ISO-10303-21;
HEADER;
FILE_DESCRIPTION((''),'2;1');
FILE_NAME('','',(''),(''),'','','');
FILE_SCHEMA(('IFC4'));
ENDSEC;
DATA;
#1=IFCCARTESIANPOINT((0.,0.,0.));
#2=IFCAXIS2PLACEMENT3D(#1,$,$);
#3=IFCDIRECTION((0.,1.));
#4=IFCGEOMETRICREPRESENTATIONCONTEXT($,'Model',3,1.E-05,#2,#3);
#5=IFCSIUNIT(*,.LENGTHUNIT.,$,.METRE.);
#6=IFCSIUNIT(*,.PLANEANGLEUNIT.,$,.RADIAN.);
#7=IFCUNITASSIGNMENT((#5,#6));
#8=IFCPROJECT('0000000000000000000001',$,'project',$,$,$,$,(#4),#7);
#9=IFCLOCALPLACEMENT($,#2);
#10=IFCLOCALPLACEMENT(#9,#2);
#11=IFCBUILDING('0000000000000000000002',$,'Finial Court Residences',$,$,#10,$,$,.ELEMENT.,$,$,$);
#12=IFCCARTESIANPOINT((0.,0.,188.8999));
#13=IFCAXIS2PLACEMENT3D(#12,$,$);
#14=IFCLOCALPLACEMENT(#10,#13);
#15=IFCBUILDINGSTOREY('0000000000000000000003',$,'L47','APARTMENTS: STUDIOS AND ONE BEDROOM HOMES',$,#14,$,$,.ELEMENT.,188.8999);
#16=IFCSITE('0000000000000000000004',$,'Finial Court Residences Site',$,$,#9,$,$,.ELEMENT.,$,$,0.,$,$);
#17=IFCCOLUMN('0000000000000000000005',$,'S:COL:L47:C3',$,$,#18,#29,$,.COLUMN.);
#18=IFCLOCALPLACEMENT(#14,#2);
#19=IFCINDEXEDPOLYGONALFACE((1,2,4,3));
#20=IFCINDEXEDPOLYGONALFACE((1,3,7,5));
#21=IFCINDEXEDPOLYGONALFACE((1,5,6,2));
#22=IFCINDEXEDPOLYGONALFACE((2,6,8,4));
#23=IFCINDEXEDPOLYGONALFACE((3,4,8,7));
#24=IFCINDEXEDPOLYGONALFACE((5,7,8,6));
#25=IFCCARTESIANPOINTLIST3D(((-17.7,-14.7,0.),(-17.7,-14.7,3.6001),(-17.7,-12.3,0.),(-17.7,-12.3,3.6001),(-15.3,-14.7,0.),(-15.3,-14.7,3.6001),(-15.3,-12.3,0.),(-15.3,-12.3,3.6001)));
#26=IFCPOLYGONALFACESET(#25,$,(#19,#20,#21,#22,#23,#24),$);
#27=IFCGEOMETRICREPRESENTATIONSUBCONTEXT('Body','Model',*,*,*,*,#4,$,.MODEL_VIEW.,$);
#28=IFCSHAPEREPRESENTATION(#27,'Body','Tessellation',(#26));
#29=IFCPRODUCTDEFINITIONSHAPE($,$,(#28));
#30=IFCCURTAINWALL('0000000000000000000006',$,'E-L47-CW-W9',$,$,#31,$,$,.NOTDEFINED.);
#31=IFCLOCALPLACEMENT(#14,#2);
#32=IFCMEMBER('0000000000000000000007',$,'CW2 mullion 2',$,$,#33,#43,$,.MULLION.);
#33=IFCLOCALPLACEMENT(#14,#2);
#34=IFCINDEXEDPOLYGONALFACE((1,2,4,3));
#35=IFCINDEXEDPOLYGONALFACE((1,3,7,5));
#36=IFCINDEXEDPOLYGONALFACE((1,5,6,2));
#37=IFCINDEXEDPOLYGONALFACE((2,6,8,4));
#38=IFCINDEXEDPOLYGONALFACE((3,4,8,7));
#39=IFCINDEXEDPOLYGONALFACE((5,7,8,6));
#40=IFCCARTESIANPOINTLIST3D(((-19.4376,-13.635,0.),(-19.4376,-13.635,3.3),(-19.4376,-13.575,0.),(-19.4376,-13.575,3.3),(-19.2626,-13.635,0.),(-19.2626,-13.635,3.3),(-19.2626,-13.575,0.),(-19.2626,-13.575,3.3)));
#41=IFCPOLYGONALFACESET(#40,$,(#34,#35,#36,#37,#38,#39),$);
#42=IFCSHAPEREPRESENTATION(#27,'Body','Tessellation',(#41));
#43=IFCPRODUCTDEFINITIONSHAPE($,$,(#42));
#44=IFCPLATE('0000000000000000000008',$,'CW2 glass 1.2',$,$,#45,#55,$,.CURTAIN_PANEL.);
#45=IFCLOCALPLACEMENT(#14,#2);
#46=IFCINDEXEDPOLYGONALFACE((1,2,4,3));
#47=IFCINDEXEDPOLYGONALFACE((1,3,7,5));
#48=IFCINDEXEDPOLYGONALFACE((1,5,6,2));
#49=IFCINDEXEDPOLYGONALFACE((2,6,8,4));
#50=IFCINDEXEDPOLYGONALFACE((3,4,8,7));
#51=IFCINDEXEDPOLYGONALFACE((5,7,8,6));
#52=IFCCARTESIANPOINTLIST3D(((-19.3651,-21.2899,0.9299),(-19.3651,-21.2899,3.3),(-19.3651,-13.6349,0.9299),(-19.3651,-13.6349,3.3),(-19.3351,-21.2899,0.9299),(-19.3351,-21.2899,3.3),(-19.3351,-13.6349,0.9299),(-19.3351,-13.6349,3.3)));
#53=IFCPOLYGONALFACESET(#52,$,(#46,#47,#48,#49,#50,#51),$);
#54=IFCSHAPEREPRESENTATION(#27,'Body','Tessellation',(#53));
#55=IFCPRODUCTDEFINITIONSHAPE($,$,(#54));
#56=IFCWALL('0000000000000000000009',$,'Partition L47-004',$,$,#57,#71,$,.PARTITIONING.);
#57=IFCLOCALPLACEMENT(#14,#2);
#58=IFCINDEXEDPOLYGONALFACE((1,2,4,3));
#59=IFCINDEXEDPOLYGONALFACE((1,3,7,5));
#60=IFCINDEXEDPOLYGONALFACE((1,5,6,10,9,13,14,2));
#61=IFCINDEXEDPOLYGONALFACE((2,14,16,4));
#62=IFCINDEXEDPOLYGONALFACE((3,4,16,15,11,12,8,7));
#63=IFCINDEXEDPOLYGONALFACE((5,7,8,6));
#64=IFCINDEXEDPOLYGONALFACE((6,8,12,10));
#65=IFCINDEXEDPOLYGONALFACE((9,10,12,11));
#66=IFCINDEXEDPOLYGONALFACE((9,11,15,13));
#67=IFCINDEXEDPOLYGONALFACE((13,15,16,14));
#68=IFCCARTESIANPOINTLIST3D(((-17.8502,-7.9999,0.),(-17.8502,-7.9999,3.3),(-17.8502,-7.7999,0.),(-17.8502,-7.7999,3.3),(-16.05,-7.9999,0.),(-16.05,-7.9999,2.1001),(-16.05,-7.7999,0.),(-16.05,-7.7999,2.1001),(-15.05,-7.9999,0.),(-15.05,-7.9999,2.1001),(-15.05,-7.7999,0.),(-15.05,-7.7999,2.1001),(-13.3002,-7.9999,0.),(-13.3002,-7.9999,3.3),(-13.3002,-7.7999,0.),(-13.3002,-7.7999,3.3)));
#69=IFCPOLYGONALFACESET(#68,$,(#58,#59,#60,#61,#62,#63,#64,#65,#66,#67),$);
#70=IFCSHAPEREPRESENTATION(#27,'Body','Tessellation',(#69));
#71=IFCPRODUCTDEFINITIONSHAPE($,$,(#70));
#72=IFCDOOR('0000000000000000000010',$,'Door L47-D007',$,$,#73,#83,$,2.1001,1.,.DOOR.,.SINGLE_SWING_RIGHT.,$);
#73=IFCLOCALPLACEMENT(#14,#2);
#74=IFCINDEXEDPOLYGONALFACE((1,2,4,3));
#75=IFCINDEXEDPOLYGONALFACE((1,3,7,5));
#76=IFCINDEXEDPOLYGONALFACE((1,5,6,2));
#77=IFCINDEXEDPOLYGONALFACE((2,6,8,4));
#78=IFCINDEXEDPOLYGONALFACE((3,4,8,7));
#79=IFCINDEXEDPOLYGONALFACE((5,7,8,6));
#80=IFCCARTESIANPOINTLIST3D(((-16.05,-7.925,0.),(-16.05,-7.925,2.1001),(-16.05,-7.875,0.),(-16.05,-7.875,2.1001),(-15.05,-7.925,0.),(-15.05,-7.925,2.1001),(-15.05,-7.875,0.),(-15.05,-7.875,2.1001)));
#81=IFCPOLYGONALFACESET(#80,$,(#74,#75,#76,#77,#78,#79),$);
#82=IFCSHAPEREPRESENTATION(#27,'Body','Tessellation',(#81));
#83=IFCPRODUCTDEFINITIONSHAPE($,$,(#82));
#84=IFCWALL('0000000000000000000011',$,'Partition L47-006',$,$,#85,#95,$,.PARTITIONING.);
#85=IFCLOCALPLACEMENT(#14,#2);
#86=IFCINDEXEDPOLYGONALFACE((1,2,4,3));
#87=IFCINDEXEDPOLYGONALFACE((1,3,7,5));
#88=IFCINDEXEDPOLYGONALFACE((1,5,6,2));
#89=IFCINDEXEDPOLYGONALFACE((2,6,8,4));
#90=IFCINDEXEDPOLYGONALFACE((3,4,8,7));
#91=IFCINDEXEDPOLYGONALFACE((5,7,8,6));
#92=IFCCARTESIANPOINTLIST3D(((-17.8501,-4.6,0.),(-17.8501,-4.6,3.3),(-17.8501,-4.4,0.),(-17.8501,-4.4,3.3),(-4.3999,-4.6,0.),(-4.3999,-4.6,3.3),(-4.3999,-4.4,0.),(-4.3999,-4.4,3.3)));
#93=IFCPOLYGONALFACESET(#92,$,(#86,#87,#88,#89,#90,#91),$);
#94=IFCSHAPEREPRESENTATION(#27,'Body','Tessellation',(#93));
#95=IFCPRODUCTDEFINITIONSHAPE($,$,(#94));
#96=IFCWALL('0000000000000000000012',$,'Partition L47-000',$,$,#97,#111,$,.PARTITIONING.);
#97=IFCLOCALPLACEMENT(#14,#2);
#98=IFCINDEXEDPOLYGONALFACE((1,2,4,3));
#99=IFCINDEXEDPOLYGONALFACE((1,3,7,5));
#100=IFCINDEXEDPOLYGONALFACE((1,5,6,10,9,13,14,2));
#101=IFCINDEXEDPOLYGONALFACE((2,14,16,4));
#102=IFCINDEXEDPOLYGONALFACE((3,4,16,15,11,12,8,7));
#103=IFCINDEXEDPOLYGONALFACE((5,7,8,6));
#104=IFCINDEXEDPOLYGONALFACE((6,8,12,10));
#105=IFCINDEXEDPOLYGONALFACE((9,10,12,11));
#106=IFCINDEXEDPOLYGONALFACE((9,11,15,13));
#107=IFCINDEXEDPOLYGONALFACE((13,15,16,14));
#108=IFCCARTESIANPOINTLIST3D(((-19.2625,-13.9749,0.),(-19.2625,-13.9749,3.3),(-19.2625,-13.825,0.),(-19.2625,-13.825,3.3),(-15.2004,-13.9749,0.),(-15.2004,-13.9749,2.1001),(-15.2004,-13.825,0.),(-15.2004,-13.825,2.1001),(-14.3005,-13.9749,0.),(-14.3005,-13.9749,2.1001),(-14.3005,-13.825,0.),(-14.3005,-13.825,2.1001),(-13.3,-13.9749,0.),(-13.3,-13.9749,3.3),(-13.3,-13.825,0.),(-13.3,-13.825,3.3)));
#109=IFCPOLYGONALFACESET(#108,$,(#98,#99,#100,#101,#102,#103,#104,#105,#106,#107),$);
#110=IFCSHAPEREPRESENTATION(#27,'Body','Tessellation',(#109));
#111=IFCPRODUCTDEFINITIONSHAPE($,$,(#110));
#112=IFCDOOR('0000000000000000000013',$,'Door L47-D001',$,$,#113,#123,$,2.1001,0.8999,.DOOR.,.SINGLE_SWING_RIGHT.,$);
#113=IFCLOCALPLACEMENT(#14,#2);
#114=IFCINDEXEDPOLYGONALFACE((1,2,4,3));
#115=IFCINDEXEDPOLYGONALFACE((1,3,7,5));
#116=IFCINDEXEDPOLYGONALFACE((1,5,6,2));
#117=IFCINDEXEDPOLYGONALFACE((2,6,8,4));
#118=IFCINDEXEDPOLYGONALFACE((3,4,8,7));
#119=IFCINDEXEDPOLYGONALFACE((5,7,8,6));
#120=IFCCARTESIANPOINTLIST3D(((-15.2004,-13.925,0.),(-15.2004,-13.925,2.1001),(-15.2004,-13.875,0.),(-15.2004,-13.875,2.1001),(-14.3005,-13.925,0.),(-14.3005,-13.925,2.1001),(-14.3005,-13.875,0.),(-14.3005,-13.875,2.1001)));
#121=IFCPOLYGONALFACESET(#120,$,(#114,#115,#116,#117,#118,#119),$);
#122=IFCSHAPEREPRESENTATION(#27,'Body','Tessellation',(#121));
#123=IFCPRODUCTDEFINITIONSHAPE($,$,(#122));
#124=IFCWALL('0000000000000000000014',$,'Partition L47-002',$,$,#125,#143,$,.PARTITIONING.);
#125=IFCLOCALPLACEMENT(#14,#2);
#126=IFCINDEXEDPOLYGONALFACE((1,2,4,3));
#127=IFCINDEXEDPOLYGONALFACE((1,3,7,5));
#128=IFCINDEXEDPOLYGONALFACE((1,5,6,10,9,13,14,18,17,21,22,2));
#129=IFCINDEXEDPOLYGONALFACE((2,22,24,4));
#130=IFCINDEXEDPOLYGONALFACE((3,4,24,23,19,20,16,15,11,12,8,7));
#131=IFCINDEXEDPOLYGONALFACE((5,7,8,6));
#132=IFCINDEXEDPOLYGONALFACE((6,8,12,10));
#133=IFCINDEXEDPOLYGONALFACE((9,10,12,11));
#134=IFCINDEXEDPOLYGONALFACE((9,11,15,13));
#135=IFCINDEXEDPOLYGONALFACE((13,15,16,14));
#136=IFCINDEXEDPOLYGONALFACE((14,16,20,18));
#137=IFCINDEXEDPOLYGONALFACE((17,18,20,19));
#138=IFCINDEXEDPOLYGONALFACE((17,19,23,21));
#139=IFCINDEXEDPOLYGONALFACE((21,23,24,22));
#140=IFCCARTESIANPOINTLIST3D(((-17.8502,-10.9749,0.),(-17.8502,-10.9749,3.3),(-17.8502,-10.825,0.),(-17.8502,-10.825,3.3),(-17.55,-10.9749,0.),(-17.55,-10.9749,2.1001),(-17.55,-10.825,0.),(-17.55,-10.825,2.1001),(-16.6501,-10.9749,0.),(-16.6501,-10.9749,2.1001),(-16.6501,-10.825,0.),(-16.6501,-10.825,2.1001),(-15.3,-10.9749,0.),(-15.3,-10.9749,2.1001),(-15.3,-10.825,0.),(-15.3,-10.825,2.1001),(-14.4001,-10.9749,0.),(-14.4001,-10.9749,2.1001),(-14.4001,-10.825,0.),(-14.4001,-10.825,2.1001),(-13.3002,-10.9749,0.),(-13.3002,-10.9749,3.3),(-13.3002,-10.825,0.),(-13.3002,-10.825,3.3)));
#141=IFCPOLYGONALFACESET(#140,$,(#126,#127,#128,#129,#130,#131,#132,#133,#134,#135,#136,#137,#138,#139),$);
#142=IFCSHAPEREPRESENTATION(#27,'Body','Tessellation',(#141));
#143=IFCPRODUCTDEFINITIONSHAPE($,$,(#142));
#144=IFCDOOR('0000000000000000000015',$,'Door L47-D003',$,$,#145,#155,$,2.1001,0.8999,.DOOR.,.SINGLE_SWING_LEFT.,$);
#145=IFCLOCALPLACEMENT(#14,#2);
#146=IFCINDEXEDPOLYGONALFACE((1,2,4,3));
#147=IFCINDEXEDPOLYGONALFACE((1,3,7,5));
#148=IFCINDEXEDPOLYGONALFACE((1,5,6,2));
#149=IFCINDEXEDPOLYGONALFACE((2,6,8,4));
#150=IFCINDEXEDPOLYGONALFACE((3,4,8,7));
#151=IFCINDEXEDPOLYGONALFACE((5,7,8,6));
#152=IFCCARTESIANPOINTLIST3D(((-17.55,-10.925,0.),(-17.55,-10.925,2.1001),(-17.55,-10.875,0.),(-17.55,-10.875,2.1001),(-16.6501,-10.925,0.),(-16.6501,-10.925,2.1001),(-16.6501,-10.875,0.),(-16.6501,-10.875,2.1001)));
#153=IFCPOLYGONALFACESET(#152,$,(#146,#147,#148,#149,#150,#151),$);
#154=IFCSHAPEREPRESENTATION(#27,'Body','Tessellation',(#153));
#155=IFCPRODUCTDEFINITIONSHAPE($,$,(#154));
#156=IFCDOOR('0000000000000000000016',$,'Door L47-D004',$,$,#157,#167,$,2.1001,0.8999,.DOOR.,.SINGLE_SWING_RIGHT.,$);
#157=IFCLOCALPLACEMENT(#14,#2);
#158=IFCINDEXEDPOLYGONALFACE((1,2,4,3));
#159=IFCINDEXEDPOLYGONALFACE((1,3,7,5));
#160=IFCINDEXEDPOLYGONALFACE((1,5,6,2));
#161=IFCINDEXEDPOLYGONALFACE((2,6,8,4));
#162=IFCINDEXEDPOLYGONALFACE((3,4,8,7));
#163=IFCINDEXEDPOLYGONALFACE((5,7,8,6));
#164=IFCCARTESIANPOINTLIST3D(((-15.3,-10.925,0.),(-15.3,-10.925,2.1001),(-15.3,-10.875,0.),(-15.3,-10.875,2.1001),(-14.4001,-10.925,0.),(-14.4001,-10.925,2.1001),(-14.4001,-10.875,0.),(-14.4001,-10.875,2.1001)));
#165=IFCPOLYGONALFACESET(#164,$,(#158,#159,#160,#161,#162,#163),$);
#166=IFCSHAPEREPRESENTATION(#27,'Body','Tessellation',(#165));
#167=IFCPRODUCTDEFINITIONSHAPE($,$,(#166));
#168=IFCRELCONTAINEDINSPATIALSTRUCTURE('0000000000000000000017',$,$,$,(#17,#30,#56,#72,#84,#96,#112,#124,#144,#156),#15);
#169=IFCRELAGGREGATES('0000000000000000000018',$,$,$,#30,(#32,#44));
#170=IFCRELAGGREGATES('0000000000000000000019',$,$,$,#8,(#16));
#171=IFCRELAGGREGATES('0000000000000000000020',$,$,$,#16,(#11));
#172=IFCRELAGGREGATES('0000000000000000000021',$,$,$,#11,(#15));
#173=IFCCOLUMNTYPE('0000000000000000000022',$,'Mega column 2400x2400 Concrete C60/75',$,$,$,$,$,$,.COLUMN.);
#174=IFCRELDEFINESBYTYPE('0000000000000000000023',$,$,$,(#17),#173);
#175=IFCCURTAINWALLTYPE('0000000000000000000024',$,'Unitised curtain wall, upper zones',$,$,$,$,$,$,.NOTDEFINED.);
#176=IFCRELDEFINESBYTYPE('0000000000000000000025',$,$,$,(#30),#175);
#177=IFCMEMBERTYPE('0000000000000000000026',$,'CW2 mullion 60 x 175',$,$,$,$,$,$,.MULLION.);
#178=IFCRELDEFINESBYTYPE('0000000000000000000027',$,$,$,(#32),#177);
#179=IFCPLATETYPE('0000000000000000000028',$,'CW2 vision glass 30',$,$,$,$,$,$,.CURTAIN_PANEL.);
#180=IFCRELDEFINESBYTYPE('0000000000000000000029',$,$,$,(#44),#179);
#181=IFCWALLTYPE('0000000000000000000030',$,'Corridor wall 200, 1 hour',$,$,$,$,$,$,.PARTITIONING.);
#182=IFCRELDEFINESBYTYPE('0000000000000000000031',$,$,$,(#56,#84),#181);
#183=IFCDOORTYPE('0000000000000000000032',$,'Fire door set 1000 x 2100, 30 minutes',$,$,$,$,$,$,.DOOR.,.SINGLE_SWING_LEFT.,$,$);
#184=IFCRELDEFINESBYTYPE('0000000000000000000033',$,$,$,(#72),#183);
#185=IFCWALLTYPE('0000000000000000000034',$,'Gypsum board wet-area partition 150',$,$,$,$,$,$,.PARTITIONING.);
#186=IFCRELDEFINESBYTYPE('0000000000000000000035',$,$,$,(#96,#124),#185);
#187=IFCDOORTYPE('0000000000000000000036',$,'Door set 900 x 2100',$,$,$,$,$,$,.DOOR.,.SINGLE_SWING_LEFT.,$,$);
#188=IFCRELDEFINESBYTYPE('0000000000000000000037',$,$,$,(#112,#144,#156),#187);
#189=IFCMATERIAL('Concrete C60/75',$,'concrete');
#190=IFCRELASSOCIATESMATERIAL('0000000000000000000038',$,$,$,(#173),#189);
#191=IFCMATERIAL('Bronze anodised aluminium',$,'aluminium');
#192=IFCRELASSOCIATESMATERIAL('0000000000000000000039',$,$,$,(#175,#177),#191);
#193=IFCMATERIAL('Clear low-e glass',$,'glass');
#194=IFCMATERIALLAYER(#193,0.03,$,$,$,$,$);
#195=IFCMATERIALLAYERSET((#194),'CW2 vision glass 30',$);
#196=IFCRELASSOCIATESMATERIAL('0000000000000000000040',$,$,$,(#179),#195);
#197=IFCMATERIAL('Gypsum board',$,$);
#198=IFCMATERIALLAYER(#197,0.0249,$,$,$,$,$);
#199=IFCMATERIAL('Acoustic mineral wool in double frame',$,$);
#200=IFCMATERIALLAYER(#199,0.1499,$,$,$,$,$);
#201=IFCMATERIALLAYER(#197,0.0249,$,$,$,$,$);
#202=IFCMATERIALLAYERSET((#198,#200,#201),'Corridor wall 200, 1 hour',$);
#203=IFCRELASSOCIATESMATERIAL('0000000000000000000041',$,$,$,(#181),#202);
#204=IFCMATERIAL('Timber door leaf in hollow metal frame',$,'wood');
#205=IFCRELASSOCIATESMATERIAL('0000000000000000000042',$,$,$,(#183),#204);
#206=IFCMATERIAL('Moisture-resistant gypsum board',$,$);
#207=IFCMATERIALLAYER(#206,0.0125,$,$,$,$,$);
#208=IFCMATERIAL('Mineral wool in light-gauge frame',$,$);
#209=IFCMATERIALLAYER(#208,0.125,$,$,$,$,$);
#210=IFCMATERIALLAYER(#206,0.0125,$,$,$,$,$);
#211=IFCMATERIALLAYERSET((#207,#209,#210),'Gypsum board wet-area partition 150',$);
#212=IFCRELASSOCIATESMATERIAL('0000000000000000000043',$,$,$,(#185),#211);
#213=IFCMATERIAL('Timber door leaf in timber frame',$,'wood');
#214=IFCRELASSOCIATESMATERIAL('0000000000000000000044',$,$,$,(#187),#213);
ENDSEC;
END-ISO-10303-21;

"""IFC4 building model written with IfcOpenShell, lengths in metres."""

from ifc_helpers import new_model, si_unit, direction, frame, frame_2d, origin, origin_2d, place, context, subcontext, project, spatial, rectangle, extrude, material, layer, layer_set, material_profile, profile_set, type_object, element, fill, aggregate, save


model = new_model("IFC4")

# Units and contexts
model_context = context("Model", 3, precision=1e-05, world=origin(), true_north=direction((0.0, 1.0)))
body_context = subcontext(model_context, "Body", "Model", "MODEL_VIEW")
ifc_project = project(units=[si_unit("LENGTHUNIT", "METRE"), si_unit("PLANEANGLEUNIT", "RADIAN")], contexts=[model_context])

# Site, building, storey
site_placement = place(None, origin())
site = spatial("IfcSite", under=ifc_project, at=site_placement, Name="Finial Court Residences Site", CompositionType="ELEMENT", RefElevation=0.0)
building_placement = place(site_placement, origin())
building = spatial("IfcBuilding", under=site, at=building_placement, Name="Finial Court Residences", CompositionType="ELEMENT")
storey_placement = place(building_placement, frame((0.0, 0.0, 188.8999)))
storey = spatial("IfcBuildingStorey", under=building, at=storey_placement, Name="L47", Description="APARTMENTS: STUDIOS AND ONE BEDROOM HOMES", CompositionType="ELEMENT", Elevation=188.8999)

# Column
ifc_material_1 = material(Name="Concrete C60/75", Category="concrete")
ifc_material_profile_1 = material_profile(ifc_material_1, rectangle(XDim=2.3999, YDim=2.3999, at=origin_2d()), Name="2400x2400")
ifc_profile_set_1 = profile_set([ifc_material_profile_1], Name="Concrete C60/75")
column_type = type_object("IfcColumnType", Name="Mega column 2400x2400 Concrete C60/75", PredefinedType="COLUMN", material=ifc_profile_set_1)
column_placement = place(storey_placement, frame((-16.5, -13.5, 0.0), z_axis=(0.0, 0.0, 1.0), x_axis=(1.0, 0.0, 0.0)))
element("IfcColumn", 1, at=column_placement, inside=storey, type_object=column_type, Name="S:COL:L47:C3", PredefinedType="COLUMN", context=body_context, shape_type="SweptSolid", body=[
    extrude(rectangle(XDim=2.3999, YDim=2.3999, at=origin_2d()), origin(), (0.0, 0.0, 1.0), 3.6001),
])

# Curtain wall, member, plate
ifc_material_2 = material(Name="Bronze anodised aluminium", Category="aluminium")
curtain_wall_type = type_object("IfcCurtainWallType", Name="Unitised curtain wall, upper zones", PredefinedType="NOTDEFINED", material=ifc_material_2)
curtain_wall_placement = place(storey_placement, origin())
curtain_wall = element("IfcCurtainWall", 2, at=curtain_wall_placement, inside=storey, type_object=curtain_wall_type, Name="E-L47-CW-W9", PredefinedType="NOTDEFINED")
ifc_material_profile_2 = material_profile(ifc_material_2, rectangle(XDim=0.175, YDim=0.0601, at=origin_2d()), Name="CW2 mullion 60 x 175")
ifc_profile_set_2 = profile_set([ifc_material_profile_2], Name="Bronze anodised aluminium")
member_type = type_object("IfcMemberType", Name="CW2 mullion 60 x 175", PredefinedType="MULLION", material=ifc_profile_set_2)
member_placement = place(storey_placement, frame((-19.3501, -13.605, 0.0), z_axis=(0.0, 0.0, 1.0), x_axis=(-1.0, 0.0, 0.0)))
member = element("IfcMember", 3, at=member_placement, type_object=member_type, Name="CW2 mullion 2", PredefinedType="MULLION", context=body_context, shape_type="SweptSolid", body=[
    extrude(rectangle(XDim=0.175, YDim=0.0601, at=origin_2d()), origin(), (0.0, 0.0, 1.0), 3.3),
])
ifc_material_3 = material(Name="Clear low-e glass", Category="glass")
ifc_layer_1 = layer(ifc_material_3, 0.03)
ifc_layer_set_1 = layer_set([ifc_layer_1], Name="CW2 vision glass 30")
plate_type = type_object("IfcPlateType", Name="CW2 vision glass 30", PredefinedType="CURTAIN_PANEL", material=ifc_layer_set_1)
plate_placement = place(storey_placement, frame((-19.3501, -17.4624, 0.9299), z_axis=(0.0, 0.0, 1.0), x_axis=(0.0, 1.0, 0.0)))
plate = element("IfcPlate", 4, at=plate_placement, type_object=plate_type, Name="CW2 glass 1.2", PredefinedType="CURTAIN_PANEL", context=body_context, shape_type="SweptSolid", body=[
    extrude(rectangle(XDim=7.655, YDim=0.03, at=origin_2d()), origin(), (0.0, 0.0, 1.0), 2.3701),
])
aggregate(curtain_wall, [member, plate])

# Wall, opening, door
ifc_material_4 = material(Name="Gypsum board")
ifc_layer_2 = layer(ifc_material_4, 0.0249)
ifc_material_5 = material(Name="Acoustic mineral wool in double frame")
ifc_layer_3 = layer(ifc_material_5, 0.1499)
ifc_layer_4 = layer(ifc_material_4, 0.0249)
ifc_layer_set_2 = layer_set([ifc_layer_2, ifc_layer_3, ifc_layer_4], Name="Corridor wall 200, 1 hour")
wall_type_1 = type_object("IfcWallType", Name="Corridor wall 200, 1 hour", PredefinedType="PARTITIONING", material=ifc_layer_set_2)
wall_1_placement = place(storey_placement, frame((-17.8501, -7.8999, 0.0), z_axis=(0.0, 0.0, 1.0), x_axis=(1.0, 0.0, 0.0)))
wall_1 = element("IfcWall", 5, at=wall_1_placement, inside=storey, type_object=wall_type_1, Name="Partition L47-004", PredefinedType="PARTITIONING", context=body_context, shape_type="SweptSolid", body=[
    extrude(rectangle(XDim=4.55, YDim=0.2, at=frame_2d((2.2749, 0.0))), origin(), (0.0, 0.0, 1.0), 3.3),
])
opening_1_placement = place(wall_1_placement, frame((1.8, 0.0, 0.0)))
opening_1 = element("IfcOpeningElement", 6, at=opening_1_placement, cuts=wall_1, PredefinedType="OPENING", context=body_context, shape_type="SweptSolid", body=[
    extrude(rectangle(XDim=1.0, YDim=2.1001, at=frame_2d((0.5, 1.05))), frame((0.0, 0.1099, 0.0), z_axis=(0.0, -1.0, 0.0), x_axis=(1.0, 0.0, 0.0)), (0.0, 0.0, 1.0), 0.22),
])
ifc_material_6 = material(Name="Timber door leaf in hollow metal frame", Category="wood")
door_type_1 = type_object("IfcDoorType", Name="Fire door set 1000 x 2100, 30 minutes", OperationType="SINGLE_SWING_LEFT", PredefinedType="DOOR", material=ifc_material_6)
door_1_placement = place(opening_1_placement, origin())
door_1 = element("IfcDoor", 7, at=door_1_placement, inside=storey, type_object=door_type_1, Name="Door L47-D007", OperationType="SINGLE_SWING_RIGHT", OverallHeight=2.1001, OverallWidth=1.0, PredefinedType="DOOR", context=body_context, shape_type="SweptSolid", body=[
    extrude(rectangle(XDim=1.0, YDim=2.1001, at=frame_2d((0.5, 1.05))), frame((0.0, 0.0249, 0.0), z_axis=(0.0, -1.0, 0.0), x_axis=(1.0, 0.0, 0.0)), (0.0, 0.0, 1.0), 0.05),
])
fill(opening_1, door_1)

# Wall
wall_2_placement = place(storey_placement, frame((-17.8501, -4.5, 0.0), z_axis=(0.0, 0.0, 1.0), x_axis=(1.0, 0.0, 0.0)))
element("IfcWall", 8, at=wall_2_placement, inside=storey, type_object=wall_type_1, Name="Partition L47-006", PredefinedType="PARTITIONING", context=body_context, shape_type="SweptSolid", body=[
    extrude(rectangle(XDim=13.4502, YDim=0.2, at=frame_2d((6.7251, 0.0))), origin(), (0.0, 0.0, 1.0), 3.3),
])

# Wall, opening, door
ifc_material_7 = material(Name="Moisture-resistant gypsum board")
ifc_layer_5 = layer(ifc_material_7, 0.0125)
ifc_material_8 = material(Name="Mineral wool in light-gauge frame")
ifc_layer_6 = layer(ifc_material_8, 0.125)
ifc_layer_7 = layer(ifc_material_7, 0.0125)
ifc_layer_set_3 = layer_set([ifc_layer_5, ifc_layer_6, ifc_layer_7], Name="Gypsum board wet-area partition 150")
wall_type_2 = type_object("IfcWallType", Name="Gypsum board wet-area partition 150", PredefinedType="PARTITIONING", material=ifc_layer_set_3)
wall_3_placement = place(storey_placement, frame((-19.2625, -13.8999, 0.0), z_axis=(0.0, 0.0, 1.0), x_axis=(1.0, 0.0, 0.0)))
wall_3 = element("IfcWall", 9, at=wall_3_placement, inside=storey, type_object=wall_type_2, Name="Partition L47-000", PredefinedType="PARTITIONING", context=body_context, shape_type="SweptSolid", body=[
    extrude(rectangle(XDim=5.9624, YDim=0.1499, at=frame_2d((2.9812, 0.0))), origin(), (0.0, 0.0, 1.0), 3.3),
])
opening_2_placement = place(wall_3_placement, frame((4.062, 0.0, 0.0)))
opening_2 = element("IfcOpeningElement", 10, at=opening_2_placement, cuts=wall_3, PredefinedType="OPENING", context=body_context, shape_type="SweptSolid", body=[
    extrude(rectangle(XDim=0.8999, YDim=2.1001, at=frame_2d((0.45, 1.05))), frame((0.0, 0.085, 0.0), z_axis=(0.0, -1.0, 0.0), x_axis=(1.0, 0.0, 0.0)), (0.0, 0.0, 1.0), 0.1699),
])
ifc_material_9 = material(Name="Timber door leaf in timber frame", Category="wood")
door_type_2 = type_object("IfcDoorType", Name="Door set 900 x 2100", OperationType="SINGLE_SWING_LEFT", PredefinedType="DOOR", material=ifc_material_9)
door_2_placement = place(opening_2_placement, origin())
door_2 = element("IfcDoor", 11, at=door_2_placement, inside=storey, type_object=door_type_2, Name="Door L47-D001", OperationType="SINGLE_SWING_RIGHT", OverallHeight=2.1001, OverallWidth=0.8999, PredefinedType="DOOR", context=body_context, shape_type="SweptSolid", body=[
    extrude(rectangle(XDim=0.8999, YDim=2.1001, at=frame_2d((0.45, 1.05))), frame((0.0, 0.0249, 0.0), z_axis=(0.0, -1.0, 0.0), x_axis=(1.0, 0.0, 0.0)), (0.0, 0.0, 1.0), 0.05),
])
fill(opening_2, door_2)

# Wall, openings, doors
wall_4_placement = place(storey_placement, frame((-17.8501, -10.8999, 0.0), z_axis=(0.0, 0.0, 1.0), x_axis=(1.0, 0.0, 0.0)))
wall_4 = element("IfcWall", 12, at=wall_4_placement, inside=storey, type_object=wall_type_2, Name="Partition L47-002", PredefinedType="PARTITIONING", context=body_context, shape_type="SweptSolid", body=[
    extrude(rectangle(XDim=4.55, YDim=0.1499, at=frame_2d((2.2749, 0.0))), origin(), (0.0, 0.0, 1.0), 3.3),
])
opening_3_placement = place(wall_4_placement, frame((0.3, 0.0, 0.0)))
opening_3 = element("IfcOpeningElement", 13, at=opening_3_placement, cuts=wall_4, PredefinedType="OPENING", context=body_context, shape_type="SweptSolid", body=[
    extrude(rectangle(XDim=0.8999, YDim=2.1001, at=frame_2d((0.45, 1.05))), frame((0.0, 0.085, 0.0), z_axis=(0.0, -1.0, 0.0), x_axis=(1.0, 0.0, 0.0)), (0.0, 0.0, 1.0), 0.1699),
])
opening_4_placement = place(wall_4_placement, frame((2.55, 0.0, 0.0)))
opening_4 = element("IfcOpeningElement", 14, at=opening_4_placement, cuts=wall_4, PredefinedType="OPENING", context=body_context, shape_type="SweptSolid", body=[
    extrude(rectangle(XDim=0.8999, YDim=2.1001, at=frame_2d((0.45, 1.05))), frame((0.0, 0.085, 0.0), z_axis=(0.0, -1.0, 0.0), x_axis=(1.0, 0.0, 0.0)), (0.0, 0.0, 1.0), 0.1699),
])
door_3_placement = place(opening_3_placement, origin())
door_3 = element("IfcDoor", 15, at=door_3_placement, inside=storey, type_object=door_type_2, Name="Door L47-D003", OperationType="SINGLE_SWING_LEFT", OverallHeight=2.1001, OverallWidth=0.8999, PredefinedType="DOOR", context=body_context, shape_type="SweptSolid", body=[
    extrude(rectangle(XDim=0.8999, YDim=2.1001, at=frame_2d((0.45, 1.05))), frame((0.0, 0.0249, 0.0), z_axis=(0.0, -1.0, 0.0), x_axis=(1.0, 0.0, 0.0)), (0.0, 0.0, 1.0), 0.05),
])
fill(opening_3, door_3)
door_4_placement = place(opening_4_placement, origin())
door_4 = element("IfcDoor", 16, at=door_4_placement, inside=storey, type_object=door_type_2, Name="Door L47-D004", OperationType="SINGLE_SWING_RIGHT", OverallHeight=2.1001, OverallWidth=0.8999, PredefinedType="DOOR", context=body_context, shape_type="SweptSolid", body=[
    extrude(rectangle(XDim=0.8999, YDim=2.1001, at=frame_2d((0.45, 1.05))), frame((0.0, 0.0249, 0.0), z_axis=(0.0, -1.0, 0.0), x_axis=(1.0, 0.0, 0.0)), (0.0, 0.0, 1.0), 0.05),
])
fill(opening_4, door_4)

save(model, "model.ifc")
